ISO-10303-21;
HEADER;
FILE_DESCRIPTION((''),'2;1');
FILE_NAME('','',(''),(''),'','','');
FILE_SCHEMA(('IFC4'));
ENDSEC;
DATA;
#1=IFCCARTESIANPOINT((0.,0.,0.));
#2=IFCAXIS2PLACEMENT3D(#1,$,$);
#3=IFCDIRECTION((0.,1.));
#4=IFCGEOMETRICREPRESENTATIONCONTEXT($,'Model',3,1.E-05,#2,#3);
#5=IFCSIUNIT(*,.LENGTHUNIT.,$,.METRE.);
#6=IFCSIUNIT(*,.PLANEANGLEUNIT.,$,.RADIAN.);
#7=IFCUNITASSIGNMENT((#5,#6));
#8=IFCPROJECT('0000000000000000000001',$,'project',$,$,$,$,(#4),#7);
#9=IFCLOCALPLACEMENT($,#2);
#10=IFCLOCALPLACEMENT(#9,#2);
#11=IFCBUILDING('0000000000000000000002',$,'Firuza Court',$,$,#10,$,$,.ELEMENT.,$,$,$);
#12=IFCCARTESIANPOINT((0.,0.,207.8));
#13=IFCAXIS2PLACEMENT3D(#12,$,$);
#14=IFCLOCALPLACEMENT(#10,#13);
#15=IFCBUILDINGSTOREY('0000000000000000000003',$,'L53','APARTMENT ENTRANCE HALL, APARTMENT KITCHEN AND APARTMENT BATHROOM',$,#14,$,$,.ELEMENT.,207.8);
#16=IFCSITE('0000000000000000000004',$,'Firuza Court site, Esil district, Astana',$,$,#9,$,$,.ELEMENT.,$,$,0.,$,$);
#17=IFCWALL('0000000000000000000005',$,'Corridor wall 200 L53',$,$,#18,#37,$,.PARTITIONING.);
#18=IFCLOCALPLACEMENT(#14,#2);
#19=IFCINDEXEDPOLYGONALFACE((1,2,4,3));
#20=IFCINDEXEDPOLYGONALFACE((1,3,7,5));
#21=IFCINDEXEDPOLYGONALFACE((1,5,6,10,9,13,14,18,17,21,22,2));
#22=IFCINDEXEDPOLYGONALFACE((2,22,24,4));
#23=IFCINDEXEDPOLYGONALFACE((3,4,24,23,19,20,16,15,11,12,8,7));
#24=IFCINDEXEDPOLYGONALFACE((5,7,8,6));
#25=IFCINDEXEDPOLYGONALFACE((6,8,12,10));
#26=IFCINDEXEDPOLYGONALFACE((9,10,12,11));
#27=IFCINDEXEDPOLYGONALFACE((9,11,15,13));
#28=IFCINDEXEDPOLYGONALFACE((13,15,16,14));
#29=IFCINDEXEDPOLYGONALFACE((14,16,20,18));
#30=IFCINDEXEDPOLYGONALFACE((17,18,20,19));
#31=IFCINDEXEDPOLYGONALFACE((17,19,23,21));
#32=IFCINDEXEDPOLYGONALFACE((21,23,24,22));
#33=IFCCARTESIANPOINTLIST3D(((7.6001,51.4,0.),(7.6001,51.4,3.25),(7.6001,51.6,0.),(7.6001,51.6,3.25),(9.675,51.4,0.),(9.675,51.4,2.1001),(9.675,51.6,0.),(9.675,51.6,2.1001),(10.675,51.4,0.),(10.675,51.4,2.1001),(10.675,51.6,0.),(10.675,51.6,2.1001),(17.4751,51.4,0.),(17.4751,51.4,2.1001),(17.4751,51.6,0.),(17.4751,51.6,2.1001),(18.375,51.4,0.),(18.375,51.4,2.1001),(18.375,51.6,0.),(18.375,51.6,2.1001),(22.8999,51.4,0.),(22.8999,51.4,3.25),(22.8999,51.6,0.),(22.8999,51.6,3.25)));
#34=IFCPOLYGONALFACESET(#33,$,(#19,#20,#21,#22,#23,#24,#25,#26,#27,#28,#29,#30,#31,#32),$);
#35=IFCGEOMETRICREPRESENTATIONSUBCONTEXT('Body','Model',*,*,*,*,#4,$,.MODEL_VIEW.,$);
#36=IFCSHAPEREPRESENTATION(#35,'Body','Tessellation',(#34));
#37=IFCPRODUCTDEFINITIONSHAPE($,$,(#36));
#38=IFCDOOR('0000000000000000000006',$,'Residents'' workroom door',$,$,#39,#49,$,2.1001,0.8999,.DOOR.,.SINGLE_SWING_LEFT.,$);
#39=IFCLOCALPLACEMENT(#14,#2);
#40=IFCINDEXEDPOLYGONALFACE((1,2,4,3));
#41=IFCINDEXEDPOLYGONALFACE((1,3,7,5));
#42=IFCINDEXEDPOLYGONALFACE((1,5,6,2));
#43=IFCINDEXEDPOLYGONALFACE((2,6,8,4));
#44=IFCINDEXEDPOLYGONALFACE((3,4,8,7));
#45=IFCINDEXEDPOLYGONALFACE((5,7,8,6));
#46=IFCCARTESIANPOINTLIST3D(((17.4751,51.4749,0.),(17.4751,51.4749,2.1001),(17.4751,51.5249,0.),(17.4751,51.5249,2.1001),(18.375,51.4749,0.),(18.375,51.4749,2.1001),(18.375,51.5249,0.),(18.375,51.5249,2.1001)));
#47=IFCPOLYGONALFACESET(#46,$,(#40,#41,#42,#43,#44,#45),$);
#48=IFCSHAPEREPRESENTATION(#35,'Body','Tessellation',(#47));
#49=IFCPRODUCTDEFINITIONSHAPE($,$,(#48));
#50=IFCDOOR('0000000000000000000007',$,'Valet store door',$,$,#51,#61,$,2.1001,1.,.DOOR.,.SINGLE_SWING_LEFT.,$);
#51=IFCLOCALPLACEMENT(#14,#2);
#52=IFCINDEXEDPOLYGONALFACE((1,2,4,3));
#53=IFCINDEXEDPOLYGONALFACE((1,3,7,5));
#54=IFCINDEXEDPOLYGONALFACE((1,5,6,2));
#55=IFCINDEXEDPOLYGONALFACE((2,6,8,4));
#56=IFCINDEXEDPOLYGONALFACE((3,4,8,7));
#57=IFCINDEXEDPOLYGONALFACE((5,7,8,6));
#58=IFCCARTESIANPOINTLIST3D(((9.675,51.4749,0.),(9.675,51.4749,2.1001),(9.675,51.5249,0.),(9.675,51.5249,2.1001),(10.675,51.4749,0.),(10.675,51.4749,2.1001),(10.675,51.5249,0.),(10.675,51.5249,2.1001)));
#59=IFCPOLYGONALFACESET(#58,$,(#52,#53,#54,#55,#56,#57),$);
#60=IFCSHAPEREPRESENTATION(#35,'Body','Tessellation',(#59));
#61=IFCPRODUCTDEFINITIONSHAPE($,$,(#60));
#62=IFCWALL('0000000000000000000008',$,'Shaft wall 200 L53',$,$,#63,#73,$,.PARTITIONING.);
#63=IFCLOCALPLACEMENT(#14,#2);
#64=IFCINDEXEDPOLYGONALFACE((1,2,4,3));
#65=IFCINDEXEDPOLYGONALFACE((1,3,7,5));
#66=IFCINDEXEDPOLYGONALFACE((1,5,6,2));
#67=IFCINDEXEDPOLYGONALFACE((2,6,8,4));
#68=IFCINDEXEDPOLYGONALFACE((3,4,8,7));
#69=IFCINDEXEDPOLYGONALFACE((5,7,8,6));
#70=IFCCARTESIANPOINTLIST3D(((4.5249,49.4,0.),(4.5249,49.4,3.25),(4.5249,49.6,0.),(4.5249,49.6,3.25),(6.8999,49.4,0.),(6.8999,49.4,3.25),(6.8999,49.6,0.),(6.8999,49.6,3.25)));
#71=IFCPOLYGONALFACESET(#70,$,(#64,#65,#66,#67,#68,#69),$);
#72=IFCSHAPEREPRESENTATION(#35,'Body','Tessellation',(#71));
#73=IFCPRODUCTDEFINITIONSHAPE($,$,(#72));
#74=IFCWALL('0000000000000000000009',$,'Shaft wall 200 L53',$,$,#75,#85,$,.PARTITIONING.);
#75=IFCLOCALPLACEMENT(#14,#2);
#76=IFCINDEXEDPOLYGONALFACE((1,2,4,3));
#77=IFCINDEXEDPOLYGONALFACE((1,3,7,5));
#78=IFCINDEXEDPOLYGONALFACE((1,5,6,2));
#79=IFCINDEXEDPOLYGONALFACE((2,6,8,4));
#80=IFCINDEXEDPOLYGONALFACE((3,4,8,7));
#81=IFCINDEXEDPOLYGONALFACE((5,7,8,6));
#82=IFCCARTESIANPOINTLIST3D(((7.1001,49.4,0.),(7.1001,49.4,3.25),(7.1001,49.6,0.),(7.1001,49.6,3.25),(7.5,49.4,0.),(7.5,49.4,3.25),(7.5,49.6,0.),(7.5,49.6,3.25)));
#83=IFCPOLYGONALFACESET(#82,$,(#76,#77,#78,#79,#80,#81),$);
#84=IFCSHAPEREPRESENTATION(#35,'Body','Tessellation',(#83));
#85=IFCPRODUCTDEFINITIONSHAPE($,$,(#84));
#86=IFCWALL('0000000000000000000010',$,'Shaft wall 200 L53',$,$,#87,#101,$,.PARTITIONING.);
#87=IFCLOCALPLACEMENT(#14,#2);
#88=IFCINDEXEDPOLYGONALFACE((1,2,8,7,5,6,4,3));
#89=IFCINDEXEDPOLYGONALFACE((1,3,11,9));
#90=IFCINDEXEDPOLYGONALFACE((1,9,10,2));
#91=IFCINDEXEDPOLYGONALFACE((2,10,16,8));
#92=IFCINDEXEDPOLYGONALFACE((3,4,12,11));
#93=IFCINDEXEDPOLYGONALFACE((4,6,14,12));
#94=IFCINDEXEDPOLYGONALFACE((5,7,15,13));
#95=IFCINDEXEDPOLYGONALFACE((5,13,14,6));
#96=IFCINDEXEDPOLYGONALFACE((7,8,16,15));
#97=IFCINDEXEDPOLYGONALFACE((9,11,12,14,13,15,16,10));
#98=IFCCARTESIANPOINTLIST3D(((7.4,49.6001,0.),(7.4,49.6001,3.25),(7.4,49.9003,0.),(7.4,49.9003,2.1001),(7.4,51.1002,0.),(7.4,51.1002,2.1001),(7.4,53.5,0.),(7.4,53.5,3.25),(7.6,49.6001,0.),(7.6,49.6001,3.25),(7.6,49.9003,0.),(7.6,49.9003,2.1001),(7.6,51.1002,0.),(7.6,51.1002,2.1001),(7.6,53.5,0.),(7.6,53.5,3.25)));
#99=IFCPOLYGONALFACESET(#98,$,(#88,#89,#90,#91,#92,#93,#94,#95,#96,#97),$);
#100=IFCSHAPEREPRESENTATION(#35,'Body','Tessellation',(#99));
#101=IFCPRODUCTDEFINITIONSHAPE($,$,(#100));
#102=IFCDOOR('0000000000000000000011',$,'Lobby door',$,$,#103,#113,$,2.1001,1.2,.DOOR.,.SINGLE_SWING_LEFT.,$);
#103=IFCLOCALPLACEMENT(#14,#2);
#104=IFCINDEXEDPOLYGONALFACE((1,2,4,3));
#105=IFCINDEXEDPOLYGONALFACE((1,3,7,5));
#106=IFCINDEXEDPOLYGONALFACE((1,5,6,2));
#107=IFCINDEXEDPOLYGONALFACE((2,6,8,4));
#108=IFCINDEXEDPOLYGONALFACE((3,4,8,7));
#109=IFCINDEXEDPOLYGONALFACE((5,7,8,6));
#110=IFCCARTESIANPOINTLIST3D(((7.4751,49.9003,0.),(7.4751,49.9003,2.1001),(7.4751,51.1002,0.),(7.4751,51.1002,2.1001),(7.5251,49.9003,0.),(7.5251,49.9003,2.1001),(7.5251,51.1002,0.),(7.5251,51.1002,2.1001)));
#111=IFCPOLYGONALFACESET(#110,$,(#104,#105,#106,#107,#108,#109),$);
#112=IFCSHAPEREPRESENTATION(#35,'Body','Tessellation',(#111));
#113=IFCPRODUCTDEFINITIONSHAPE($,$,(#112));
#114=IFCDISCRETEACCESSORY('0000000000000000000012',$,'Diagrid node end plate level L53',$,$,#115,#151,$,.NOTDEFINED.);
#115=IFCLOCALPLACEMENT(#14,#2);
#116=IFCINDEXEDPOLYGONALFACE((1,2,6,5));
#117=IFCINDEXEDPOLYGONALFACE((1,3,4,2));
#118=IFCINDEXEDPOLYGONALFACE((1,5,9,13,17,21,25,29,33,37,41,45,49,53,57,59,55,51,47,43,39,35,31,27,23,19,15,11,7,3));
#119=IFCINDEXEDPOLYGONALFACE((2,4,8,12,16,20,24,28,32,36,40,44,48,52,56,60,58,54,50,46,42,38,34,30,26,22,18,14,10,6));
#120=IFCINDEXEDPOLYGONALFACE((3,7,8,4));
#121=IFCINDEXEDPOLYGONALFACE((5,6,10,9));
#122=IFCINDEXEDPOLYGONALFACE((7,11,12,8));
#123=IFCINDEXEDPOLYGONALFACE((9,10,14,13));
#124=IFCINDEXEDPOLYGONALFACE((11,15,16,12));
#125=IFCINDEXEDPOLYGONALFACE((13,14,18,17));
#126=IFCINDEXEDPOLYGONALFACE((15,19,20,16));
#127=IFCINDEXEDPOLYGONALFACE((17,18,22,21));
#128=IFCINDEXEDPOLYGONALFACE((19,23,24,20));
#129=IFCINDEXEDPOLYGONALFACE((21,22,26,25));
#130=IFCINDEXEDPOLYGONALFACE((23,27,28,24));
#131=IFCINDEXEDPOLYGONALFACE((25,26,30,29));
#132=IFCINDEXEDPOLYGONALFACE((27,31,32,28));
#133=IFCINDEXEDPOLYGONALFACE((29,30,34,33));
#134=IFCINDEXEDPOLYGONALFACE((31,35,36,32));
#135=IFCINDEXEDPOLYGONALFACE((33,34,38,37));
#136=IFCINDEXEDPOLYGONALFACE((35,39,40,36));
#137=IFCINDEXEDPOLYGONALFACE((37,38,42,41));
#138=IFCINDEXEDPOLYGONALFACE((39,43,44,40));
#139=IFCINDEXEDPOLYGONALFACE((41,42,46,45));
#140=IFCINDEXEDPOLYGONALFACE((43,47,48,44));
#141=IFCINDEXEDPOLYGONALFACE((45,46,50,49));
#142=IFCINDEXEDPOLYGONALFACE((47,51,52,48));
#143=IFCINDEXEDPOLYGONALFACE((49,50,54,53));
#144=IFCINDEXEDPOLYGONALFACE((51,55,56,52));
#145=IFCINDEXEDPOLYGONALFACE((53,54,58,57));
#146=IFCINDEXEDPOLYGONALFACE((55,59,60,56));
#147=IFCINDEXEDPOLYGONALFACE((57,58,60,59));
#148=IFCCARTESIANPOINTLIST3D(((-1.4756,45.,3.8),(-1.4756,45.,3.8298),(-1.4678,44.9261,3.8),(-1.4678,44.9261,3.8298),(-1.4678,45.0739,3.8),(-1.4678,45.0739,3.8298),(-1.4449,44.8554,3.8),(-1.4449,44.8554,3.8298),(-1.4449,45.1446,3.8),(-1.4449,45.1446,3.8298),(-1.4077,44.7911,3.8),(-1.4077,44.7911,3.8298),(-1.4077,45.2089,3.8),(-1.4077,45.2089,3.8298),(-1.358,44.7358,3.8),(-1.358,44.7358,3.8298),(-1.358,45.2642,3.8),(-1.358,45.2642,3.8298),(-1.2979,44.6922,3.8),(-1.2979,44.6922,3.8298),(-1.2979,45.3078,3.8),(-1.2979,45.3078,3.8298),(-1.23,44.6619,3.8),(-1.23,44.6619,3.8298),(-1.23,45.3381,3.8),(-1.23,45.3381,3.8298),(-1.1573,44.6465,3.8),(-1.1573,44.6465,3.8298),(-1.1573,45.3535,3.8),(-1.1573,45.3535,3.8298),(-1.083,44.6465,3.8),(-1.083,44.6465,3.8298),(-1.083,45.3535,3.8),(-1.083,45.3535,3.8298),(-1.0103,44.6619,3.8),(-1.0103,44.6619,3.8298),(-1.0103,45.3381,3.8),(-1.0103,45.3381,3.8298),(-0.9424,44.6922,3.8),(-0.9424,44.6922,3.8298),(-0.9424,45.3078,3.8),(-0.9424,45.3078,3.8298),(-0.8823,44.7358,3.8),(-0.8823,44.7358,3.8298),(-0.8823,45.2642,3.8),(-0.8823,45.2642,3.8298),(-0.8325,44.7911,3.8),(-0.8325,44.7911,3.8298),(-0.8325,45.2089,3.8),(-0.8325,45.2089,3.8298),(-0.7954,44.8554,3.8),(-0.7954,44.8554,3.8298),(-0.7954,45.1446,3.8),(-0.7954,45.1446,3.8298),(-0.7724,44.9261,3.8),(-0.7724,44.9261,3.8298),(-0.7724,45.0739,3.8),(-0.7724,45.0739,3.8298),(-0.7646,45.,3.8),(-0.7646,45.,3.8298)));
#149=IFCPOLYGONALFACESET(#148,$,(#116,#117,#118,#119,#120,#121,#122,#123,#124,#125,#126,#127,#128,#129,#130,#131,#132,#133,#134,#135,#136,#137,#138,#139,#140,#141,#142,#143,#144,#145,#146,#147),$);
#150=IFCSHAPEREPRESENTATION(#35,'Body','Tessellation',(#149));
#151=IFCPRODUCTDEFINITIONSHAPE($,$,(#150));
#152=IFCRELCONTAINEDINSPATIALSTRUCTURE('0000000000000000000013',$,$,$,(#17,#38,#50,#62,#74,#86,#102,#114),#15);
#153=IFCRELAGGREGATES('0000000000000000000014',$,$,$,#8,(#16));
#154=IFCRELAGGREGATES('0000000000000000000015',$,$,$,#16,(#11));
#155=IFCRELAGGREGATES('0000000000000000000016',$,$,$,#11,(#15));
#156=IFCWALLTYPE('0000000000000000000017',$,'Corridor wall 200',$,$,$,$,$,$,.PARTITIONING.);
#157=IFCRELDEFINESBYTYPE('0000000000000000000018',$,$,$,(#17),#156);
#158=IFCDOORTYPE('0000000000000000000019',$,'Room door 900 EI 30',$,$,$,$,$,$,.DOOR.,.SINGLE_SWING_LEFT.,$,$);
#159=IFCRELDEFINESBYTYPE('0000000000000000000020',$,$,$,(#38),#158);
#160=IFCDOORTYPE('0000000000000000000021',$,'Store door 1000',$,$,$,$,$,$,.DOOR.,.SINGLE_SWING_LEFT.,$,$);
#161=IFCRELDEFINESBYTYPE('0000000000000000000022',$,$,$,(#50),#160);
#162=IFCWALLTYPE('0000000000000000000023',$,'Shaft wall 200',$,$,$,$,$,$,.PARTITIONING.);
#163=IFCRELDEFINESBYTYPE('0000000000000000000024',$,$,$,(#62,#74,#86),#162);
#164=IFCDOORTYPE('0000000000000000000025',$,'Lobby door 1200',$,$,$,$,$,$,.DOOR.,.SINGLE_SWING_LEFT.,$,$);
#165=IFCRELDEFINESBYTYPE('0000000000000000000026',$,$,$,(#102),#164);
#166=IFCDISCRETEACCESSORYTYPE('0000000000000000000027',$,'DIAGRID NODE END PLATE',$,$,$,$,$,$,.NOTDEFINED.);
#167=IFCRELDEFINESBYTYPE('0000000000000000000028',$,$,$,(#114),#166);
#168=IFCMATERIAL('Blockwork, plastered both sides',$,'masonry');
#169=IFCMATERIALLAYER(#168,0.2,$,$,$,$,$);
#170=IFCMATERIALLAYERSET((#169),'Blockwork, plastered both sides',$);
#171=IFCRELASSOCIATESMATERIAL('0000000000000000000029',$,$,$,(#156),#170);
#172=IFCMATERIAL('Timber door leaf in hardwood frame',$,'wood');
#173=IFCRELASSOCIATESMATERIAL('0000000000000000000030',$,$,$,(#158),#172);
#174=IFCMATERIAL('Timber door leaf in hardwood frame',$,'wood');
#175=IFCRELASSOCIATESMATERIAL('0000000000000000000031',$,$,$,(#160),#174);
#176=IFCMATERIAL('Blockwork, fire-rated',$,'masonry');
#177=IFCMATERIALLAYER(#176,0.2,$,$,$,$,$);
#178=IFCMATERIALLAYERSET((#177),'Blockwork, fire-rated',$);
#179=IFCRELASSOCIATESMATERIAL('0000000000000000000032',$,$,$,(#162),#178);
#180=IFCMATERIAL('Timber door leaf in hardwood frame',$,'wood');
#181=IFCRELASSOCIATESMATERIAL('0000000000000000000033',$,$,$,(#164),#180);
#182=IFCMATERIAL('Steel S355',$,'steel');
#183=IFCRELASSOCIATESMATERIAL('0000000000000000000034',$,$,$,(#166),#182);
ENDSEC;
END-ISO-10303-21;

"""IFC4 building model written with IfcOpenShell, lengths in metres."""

from ifc_helpers import new_model, si_unit, direction, frame, frame_2d, origin, origin_2d, place, context, subcontext, project, spatial, rectangle, circle, extrude, material, layer, layer_set, material_profile, profile_set, type_object, element, fill, save


model = new_model("IFC4")

# Units and contexts
model_context = context("Model", 3, precision=1e-05, world=origin(), true_north=direction((0.0, 1.0)))
body_context = subcontext(model_context, "Body", "Model", "MODEL_VIEW")
ifc_project = project(units=[si_unit("LENGTHUNIT", "METRE"), si_unit("PLANEANGLEUNIT", "RADIAN")], contexts=[model_context])

# Site, building, storey
site_placement = place(None, origin())
site = spatial("IfcSite", under=ifc_project, at=site_placement, Name="Firuza Court site, Esil district, Astana", CompositionType="ELEMENT", RefElevation=0.0)
building_placement = place(site_placement, origin())
building = spatial("IfcBuilding", under=site, at=building_placement, Name="Firuza Court", CompositionType="ELEMENT")
storey_placement = place(building_placement, frame((0.0, 0.0, 207.8)))
storey = spatial("IfcBuildingStorey", under=building, at=storey_placement, Name="L53", Description="APARTMENT ENTRANCE HALL, APARTMENT KITCHEN AND APARTMENT BATHROOM", CompositionType="ELEMENT", Elevation=207.8)

# Shared definitions
ifc_material_1 = material(Name="Blockwork, plastered both sides", Category="masonry")
ifc_layer_1 = layer(ifc_material_1, 0.2)
ifc_layer_set_1 = layer_set([ifc_layer_1], Name="Blockwork, plastered both sides")
wall_type_1 = type_object("IfcWallType", Name="Corridor wall 200", PredefinedType="PARTITIONING", material=ifc_layer_set_1)
ifc_material_2 = material(Name="Timber door leaf in hardwood frame", Category="wood")
door_type_1 = type_object("IfcDoorType", Name="Room door 900 EI 30", OperationType="SINGLE_SWING_LEFT", PredefinedType="DOOR", material=ifc_material_2)

# Wall, openings, doors
wall_1_placement = place(storey_placement, frame((7.6001, 51.5, 0.0), z_axis=(0.0, 0.0, 1.0), x_axis=(1.0, 0.0, 0.0)))
wall_1 = element("IfcWall", 1, at=wall_1_placement, inside=storey, type_object=wall_type_1, Name="Corridor wall 200 L53", PredefinedType="PARTITIONING", context=body_context, shape_type="SweptSolid", body=[
    extrude(rectangle(XDim=15.2998, YDim=0.2, at=frame_2d((7.6499, 0.0))), origin(), (0.0, 0.0, 1.0), 3.25),
])
opening_1_placement = place(wall_1_placement, frame((2.075, 0.0, 0.0)))
opening_1 = element("IfcOpeningElement", 2, at=opening_1_placement, cuts=wall_1, PredefinedType="OPENING", context=body_context, shape_type="SweptSolid", body=[
    extrude(rectangle(XDim=1.0, YDim=2.1001, at=frame_2d((0.5, 1.05))), frame((0.0, 0.1118, 0.0), z_axis=(0.0, -1.0, 0.0), x_axis=(1.0, 0.0, 0.0)), (0.0, 0.0, 1.0), 0.2239),
])
opening_2_placement = place(wall_1_placement, frame((9.875, 0.0, 0.0)))
opening_2 = element("IfcOpeningElement", 3, at=opening_2_placement, cuts=wall_1, PredefinedType="OPENING", context=body_context, shape_type="SweptSolid", body=[
    extrude(rectangle(XDim=0.8999, YDim=2.1001, at=frame_2d((0.45, 1.05))), frame((0.0, 0.1118, 0.0), z_axis=(0.0, -1.0, 0.0), x_axis=(1.0, 0.0, 0.0)), (0.0, 0.0, 1.0), 0.2239),
])
door_1_placement = place(opening_2_placement, origin())
door_1 = element("IfcDoor", 4, at=door_1_placement, inside=storey, type_object=door_type_1, Name="Residents' workroom door", OperationType="SINGLE_SWING_LEFT", OverallHeight=2.1001, OverallWidth=0.8999, PredefinedType="DOOR", context=body_context, shape_type="SweptSolid", body=[
    extrude(rectangle(XDim=0.8999, YDim=2.1001, at=frame_2d((0.45, 1.05))), frame((0.0, 0.0249, 0.0), z_axis=(0.0, -1.0, 0.0), x_axis=(1.0, 0.0, 0.0)), (0.0, 0.0, 1.0), 0.05),
])
fill(opening_2, door_1)
ifc_material_3 = material(Name="Timber door leaf in hardwood frame", Category="wood")
door_type_2 = type_object("IfcDoorType", Name="Store door 1000", OperationType="SINGLE_SWING_LEFT", PredefinedType="DOOR", material=ifc_material_3)
door_2_placement = place(opening_1_placement, origin())
door_2 = element("IfcDoor", 5, at=door_2_placement, inside=storey, type_object=door_type_2, Name="Valet store door", OperationType="SINGLE_SWING_LEFT", OverallHeight=2.1001, OverallWidth=1.0, PredefinedType="DOOR", context=body_context, shape_type="SweptSolid", body=[
    extrude(rectangle(XDim=1.0, YDim=2.1001, at=frame_2d((0.5, 1.05))), frame((0.0, 0.0249, 0.0), z_axis=(0.0, -1.0, 0.0), x_axis=(1.0, 0.0, 0.0)), (0.0, 0.0, 1.0), 0.05),
])
fill(opening_1, door_2)

# Walls
ifc_material_4 = material(Name="Blockwork, fire-rated", Category="masonry")
ifc_layer_2 = layer(ifc_material_4, 0.2)
ifc_layer_set_2 = layer_set([ifc_layer_2], Name="Blockwork, fire-rated")
wall_type_2 = type_object("IfcWallType", Name="Shaft wall 200", PredefinedType="PARTITIONING", material=ifc_layer_set_2)
wall_2_placement = place(storey_placement, frame((4.5249, 49.5, 0.0), z_axis=(0.0, 0.0, 1.0), x_axis=(1.0, 0.0, 0.0)))
element("IfcWall", 6, at=wall_2_placement, inside=storey, type_object=wall_type_2, Name="Shaft wall 200 L53", PredefinedType="PARTITIONING", context=body_context, shape_type="SweptSolid", body=[
    extrude(rectangle(XDim=2.375, YDim=0.2, at=frame_2d((1.1875, 0.0))), origin(), (0.0, 0.0, 1.0), 3.25),
])
wall_3_placement = place(storey_placement, frame((7.1001, 49.5, 0.0), z_axis=(0.0, 0.0, 1.0), x_axis=(1.0, 0.0, 0.0)))
element("IfcWall", 7, at=wall_3_placement, inside=storey, type_object=wall_type_2, Name="Shaft wall 200 L53", PredefinedType="PARTITIONING", context=body_context, shape_type="SweptSolid", body=[
    extrude(rectangle(XDim=0.3999, YDim=0.2, at=frame_2d((0.2, 0.0))), origin(), (0.0, 0.0, 1.0), 3.25),
])

# Wall, opening, door
wall_4_placement = place(storey_placement, frame((7.5, 49.6001, 0.0), z_axis=(0.0, 0.0, 1.0), x_axis=(0.0, 1.0, 0.0)))
wall_4 = element("IfcWall", 8, at=wall_4_placement, inside=storey, type_object=wall_type_2, Name="Shaft wall 200 L53", PredefinedType="PARTITIONING", context=body_context, shape_type="SweptSolid", body=[
    extrude(rectangle(XDim=3.8999, YDim=0.2, at=frame_2d((1.95, 0.0))), origin(), (0.0, 0.0, 1.0), 3.25),
])
opening_3_placement = place(wall_4_placement, frame((0.3, 0.0, 0.0)))
opening_3 = element("IfcOpeningElement", 9, at=opening_3_placement, cuts=wall_4, PredefinedType="OPENING", context=body_context, shape_type="SweptSolid", body=[
    extrude(rectangle(XDim=1.2, YDim=2.1001, at=frame_2d((0.6001, 1.05))), frame((0.0, 0.1118, 0.0), z_axis=(0.0, -1.0, 0.0), x_axis=(1.0, 0.0, 0.0)), (0.0, 0.0, 1.0), 0.2239),
])
ifc_material_5 = material(Name="Timber door leaf in hardwood frame", Category="wood")
door_type_3 = type_object("IfcDoorType", Name="Lobby door 1200", OperationType="SINGLE_SWING_LEFT", PredefinedType="DOOR", material=ifc_material_5)
door_3_placement = place(opening_3_placement, origin())
door_3 = element("IfcDoor", 10, at=door_3_placement, inside=storey, type_object=door_type_3, Name="Lobby door", OperationType="SINGLE_SWING_LEFT", OverallHeight=2.1001, OverallWidth=1.2, PredefinedType="DOOR", context=body_context, shape_type="SweptSolid", body=[
    extrude(rectangle(XDim=1.2, YDim=2.1001, at=frame_2d((0.6001, 1.05))), frame((0.0, 0.0249, 0.0), z_axis=(0.0, -1.0, 0.0), x_axis=(1.0, 0.0, 0.0)), (0.0, 0.0, 1.0), 0.05),
])
fill(opening_3, door_3)

# Discrete accessory
ifc_material_6 = material(Name="Steel S355", Category="steel")
ifc_material_profile_1 = material_profile(ifc_material_6, circle(Radius=0.3555, at=origin_2d()), Name="PL D711")
ifc_profile_set_1 = profile_set([ifc_material_profile_1], Name="Steel S355")
discrete_accessory_type = type_object("IfcDiscreteAccessoryType", Name="DIAGRID NODE END PLATE", PredefinedType="NOTDEFINED", material=ifc_profile_set_1)
discrete_accessory_1_placement = place(storey_placement, frame((-1.1201, 45.0, 3.8), z_axis=(0.0, 0.0, 1.0), x_axis=(1.0, 0.0, 0.0)))
element("IfcDiscreteAccessory", 11, at=discrete_accessory_1_placement, inside=storey, type_object=discrete_accessory_type, Name="Diagrid node end plate level L53", PredefinedType="NOTDEFINED", context=body_context, shape_type="SweptSolid", body=[
    extrude(circle(Radius=0.3555, at=origin_2d()), origin(), (0.0, 0.0, 1.0), 0.0298),
])

save(model, "model.ifc")
